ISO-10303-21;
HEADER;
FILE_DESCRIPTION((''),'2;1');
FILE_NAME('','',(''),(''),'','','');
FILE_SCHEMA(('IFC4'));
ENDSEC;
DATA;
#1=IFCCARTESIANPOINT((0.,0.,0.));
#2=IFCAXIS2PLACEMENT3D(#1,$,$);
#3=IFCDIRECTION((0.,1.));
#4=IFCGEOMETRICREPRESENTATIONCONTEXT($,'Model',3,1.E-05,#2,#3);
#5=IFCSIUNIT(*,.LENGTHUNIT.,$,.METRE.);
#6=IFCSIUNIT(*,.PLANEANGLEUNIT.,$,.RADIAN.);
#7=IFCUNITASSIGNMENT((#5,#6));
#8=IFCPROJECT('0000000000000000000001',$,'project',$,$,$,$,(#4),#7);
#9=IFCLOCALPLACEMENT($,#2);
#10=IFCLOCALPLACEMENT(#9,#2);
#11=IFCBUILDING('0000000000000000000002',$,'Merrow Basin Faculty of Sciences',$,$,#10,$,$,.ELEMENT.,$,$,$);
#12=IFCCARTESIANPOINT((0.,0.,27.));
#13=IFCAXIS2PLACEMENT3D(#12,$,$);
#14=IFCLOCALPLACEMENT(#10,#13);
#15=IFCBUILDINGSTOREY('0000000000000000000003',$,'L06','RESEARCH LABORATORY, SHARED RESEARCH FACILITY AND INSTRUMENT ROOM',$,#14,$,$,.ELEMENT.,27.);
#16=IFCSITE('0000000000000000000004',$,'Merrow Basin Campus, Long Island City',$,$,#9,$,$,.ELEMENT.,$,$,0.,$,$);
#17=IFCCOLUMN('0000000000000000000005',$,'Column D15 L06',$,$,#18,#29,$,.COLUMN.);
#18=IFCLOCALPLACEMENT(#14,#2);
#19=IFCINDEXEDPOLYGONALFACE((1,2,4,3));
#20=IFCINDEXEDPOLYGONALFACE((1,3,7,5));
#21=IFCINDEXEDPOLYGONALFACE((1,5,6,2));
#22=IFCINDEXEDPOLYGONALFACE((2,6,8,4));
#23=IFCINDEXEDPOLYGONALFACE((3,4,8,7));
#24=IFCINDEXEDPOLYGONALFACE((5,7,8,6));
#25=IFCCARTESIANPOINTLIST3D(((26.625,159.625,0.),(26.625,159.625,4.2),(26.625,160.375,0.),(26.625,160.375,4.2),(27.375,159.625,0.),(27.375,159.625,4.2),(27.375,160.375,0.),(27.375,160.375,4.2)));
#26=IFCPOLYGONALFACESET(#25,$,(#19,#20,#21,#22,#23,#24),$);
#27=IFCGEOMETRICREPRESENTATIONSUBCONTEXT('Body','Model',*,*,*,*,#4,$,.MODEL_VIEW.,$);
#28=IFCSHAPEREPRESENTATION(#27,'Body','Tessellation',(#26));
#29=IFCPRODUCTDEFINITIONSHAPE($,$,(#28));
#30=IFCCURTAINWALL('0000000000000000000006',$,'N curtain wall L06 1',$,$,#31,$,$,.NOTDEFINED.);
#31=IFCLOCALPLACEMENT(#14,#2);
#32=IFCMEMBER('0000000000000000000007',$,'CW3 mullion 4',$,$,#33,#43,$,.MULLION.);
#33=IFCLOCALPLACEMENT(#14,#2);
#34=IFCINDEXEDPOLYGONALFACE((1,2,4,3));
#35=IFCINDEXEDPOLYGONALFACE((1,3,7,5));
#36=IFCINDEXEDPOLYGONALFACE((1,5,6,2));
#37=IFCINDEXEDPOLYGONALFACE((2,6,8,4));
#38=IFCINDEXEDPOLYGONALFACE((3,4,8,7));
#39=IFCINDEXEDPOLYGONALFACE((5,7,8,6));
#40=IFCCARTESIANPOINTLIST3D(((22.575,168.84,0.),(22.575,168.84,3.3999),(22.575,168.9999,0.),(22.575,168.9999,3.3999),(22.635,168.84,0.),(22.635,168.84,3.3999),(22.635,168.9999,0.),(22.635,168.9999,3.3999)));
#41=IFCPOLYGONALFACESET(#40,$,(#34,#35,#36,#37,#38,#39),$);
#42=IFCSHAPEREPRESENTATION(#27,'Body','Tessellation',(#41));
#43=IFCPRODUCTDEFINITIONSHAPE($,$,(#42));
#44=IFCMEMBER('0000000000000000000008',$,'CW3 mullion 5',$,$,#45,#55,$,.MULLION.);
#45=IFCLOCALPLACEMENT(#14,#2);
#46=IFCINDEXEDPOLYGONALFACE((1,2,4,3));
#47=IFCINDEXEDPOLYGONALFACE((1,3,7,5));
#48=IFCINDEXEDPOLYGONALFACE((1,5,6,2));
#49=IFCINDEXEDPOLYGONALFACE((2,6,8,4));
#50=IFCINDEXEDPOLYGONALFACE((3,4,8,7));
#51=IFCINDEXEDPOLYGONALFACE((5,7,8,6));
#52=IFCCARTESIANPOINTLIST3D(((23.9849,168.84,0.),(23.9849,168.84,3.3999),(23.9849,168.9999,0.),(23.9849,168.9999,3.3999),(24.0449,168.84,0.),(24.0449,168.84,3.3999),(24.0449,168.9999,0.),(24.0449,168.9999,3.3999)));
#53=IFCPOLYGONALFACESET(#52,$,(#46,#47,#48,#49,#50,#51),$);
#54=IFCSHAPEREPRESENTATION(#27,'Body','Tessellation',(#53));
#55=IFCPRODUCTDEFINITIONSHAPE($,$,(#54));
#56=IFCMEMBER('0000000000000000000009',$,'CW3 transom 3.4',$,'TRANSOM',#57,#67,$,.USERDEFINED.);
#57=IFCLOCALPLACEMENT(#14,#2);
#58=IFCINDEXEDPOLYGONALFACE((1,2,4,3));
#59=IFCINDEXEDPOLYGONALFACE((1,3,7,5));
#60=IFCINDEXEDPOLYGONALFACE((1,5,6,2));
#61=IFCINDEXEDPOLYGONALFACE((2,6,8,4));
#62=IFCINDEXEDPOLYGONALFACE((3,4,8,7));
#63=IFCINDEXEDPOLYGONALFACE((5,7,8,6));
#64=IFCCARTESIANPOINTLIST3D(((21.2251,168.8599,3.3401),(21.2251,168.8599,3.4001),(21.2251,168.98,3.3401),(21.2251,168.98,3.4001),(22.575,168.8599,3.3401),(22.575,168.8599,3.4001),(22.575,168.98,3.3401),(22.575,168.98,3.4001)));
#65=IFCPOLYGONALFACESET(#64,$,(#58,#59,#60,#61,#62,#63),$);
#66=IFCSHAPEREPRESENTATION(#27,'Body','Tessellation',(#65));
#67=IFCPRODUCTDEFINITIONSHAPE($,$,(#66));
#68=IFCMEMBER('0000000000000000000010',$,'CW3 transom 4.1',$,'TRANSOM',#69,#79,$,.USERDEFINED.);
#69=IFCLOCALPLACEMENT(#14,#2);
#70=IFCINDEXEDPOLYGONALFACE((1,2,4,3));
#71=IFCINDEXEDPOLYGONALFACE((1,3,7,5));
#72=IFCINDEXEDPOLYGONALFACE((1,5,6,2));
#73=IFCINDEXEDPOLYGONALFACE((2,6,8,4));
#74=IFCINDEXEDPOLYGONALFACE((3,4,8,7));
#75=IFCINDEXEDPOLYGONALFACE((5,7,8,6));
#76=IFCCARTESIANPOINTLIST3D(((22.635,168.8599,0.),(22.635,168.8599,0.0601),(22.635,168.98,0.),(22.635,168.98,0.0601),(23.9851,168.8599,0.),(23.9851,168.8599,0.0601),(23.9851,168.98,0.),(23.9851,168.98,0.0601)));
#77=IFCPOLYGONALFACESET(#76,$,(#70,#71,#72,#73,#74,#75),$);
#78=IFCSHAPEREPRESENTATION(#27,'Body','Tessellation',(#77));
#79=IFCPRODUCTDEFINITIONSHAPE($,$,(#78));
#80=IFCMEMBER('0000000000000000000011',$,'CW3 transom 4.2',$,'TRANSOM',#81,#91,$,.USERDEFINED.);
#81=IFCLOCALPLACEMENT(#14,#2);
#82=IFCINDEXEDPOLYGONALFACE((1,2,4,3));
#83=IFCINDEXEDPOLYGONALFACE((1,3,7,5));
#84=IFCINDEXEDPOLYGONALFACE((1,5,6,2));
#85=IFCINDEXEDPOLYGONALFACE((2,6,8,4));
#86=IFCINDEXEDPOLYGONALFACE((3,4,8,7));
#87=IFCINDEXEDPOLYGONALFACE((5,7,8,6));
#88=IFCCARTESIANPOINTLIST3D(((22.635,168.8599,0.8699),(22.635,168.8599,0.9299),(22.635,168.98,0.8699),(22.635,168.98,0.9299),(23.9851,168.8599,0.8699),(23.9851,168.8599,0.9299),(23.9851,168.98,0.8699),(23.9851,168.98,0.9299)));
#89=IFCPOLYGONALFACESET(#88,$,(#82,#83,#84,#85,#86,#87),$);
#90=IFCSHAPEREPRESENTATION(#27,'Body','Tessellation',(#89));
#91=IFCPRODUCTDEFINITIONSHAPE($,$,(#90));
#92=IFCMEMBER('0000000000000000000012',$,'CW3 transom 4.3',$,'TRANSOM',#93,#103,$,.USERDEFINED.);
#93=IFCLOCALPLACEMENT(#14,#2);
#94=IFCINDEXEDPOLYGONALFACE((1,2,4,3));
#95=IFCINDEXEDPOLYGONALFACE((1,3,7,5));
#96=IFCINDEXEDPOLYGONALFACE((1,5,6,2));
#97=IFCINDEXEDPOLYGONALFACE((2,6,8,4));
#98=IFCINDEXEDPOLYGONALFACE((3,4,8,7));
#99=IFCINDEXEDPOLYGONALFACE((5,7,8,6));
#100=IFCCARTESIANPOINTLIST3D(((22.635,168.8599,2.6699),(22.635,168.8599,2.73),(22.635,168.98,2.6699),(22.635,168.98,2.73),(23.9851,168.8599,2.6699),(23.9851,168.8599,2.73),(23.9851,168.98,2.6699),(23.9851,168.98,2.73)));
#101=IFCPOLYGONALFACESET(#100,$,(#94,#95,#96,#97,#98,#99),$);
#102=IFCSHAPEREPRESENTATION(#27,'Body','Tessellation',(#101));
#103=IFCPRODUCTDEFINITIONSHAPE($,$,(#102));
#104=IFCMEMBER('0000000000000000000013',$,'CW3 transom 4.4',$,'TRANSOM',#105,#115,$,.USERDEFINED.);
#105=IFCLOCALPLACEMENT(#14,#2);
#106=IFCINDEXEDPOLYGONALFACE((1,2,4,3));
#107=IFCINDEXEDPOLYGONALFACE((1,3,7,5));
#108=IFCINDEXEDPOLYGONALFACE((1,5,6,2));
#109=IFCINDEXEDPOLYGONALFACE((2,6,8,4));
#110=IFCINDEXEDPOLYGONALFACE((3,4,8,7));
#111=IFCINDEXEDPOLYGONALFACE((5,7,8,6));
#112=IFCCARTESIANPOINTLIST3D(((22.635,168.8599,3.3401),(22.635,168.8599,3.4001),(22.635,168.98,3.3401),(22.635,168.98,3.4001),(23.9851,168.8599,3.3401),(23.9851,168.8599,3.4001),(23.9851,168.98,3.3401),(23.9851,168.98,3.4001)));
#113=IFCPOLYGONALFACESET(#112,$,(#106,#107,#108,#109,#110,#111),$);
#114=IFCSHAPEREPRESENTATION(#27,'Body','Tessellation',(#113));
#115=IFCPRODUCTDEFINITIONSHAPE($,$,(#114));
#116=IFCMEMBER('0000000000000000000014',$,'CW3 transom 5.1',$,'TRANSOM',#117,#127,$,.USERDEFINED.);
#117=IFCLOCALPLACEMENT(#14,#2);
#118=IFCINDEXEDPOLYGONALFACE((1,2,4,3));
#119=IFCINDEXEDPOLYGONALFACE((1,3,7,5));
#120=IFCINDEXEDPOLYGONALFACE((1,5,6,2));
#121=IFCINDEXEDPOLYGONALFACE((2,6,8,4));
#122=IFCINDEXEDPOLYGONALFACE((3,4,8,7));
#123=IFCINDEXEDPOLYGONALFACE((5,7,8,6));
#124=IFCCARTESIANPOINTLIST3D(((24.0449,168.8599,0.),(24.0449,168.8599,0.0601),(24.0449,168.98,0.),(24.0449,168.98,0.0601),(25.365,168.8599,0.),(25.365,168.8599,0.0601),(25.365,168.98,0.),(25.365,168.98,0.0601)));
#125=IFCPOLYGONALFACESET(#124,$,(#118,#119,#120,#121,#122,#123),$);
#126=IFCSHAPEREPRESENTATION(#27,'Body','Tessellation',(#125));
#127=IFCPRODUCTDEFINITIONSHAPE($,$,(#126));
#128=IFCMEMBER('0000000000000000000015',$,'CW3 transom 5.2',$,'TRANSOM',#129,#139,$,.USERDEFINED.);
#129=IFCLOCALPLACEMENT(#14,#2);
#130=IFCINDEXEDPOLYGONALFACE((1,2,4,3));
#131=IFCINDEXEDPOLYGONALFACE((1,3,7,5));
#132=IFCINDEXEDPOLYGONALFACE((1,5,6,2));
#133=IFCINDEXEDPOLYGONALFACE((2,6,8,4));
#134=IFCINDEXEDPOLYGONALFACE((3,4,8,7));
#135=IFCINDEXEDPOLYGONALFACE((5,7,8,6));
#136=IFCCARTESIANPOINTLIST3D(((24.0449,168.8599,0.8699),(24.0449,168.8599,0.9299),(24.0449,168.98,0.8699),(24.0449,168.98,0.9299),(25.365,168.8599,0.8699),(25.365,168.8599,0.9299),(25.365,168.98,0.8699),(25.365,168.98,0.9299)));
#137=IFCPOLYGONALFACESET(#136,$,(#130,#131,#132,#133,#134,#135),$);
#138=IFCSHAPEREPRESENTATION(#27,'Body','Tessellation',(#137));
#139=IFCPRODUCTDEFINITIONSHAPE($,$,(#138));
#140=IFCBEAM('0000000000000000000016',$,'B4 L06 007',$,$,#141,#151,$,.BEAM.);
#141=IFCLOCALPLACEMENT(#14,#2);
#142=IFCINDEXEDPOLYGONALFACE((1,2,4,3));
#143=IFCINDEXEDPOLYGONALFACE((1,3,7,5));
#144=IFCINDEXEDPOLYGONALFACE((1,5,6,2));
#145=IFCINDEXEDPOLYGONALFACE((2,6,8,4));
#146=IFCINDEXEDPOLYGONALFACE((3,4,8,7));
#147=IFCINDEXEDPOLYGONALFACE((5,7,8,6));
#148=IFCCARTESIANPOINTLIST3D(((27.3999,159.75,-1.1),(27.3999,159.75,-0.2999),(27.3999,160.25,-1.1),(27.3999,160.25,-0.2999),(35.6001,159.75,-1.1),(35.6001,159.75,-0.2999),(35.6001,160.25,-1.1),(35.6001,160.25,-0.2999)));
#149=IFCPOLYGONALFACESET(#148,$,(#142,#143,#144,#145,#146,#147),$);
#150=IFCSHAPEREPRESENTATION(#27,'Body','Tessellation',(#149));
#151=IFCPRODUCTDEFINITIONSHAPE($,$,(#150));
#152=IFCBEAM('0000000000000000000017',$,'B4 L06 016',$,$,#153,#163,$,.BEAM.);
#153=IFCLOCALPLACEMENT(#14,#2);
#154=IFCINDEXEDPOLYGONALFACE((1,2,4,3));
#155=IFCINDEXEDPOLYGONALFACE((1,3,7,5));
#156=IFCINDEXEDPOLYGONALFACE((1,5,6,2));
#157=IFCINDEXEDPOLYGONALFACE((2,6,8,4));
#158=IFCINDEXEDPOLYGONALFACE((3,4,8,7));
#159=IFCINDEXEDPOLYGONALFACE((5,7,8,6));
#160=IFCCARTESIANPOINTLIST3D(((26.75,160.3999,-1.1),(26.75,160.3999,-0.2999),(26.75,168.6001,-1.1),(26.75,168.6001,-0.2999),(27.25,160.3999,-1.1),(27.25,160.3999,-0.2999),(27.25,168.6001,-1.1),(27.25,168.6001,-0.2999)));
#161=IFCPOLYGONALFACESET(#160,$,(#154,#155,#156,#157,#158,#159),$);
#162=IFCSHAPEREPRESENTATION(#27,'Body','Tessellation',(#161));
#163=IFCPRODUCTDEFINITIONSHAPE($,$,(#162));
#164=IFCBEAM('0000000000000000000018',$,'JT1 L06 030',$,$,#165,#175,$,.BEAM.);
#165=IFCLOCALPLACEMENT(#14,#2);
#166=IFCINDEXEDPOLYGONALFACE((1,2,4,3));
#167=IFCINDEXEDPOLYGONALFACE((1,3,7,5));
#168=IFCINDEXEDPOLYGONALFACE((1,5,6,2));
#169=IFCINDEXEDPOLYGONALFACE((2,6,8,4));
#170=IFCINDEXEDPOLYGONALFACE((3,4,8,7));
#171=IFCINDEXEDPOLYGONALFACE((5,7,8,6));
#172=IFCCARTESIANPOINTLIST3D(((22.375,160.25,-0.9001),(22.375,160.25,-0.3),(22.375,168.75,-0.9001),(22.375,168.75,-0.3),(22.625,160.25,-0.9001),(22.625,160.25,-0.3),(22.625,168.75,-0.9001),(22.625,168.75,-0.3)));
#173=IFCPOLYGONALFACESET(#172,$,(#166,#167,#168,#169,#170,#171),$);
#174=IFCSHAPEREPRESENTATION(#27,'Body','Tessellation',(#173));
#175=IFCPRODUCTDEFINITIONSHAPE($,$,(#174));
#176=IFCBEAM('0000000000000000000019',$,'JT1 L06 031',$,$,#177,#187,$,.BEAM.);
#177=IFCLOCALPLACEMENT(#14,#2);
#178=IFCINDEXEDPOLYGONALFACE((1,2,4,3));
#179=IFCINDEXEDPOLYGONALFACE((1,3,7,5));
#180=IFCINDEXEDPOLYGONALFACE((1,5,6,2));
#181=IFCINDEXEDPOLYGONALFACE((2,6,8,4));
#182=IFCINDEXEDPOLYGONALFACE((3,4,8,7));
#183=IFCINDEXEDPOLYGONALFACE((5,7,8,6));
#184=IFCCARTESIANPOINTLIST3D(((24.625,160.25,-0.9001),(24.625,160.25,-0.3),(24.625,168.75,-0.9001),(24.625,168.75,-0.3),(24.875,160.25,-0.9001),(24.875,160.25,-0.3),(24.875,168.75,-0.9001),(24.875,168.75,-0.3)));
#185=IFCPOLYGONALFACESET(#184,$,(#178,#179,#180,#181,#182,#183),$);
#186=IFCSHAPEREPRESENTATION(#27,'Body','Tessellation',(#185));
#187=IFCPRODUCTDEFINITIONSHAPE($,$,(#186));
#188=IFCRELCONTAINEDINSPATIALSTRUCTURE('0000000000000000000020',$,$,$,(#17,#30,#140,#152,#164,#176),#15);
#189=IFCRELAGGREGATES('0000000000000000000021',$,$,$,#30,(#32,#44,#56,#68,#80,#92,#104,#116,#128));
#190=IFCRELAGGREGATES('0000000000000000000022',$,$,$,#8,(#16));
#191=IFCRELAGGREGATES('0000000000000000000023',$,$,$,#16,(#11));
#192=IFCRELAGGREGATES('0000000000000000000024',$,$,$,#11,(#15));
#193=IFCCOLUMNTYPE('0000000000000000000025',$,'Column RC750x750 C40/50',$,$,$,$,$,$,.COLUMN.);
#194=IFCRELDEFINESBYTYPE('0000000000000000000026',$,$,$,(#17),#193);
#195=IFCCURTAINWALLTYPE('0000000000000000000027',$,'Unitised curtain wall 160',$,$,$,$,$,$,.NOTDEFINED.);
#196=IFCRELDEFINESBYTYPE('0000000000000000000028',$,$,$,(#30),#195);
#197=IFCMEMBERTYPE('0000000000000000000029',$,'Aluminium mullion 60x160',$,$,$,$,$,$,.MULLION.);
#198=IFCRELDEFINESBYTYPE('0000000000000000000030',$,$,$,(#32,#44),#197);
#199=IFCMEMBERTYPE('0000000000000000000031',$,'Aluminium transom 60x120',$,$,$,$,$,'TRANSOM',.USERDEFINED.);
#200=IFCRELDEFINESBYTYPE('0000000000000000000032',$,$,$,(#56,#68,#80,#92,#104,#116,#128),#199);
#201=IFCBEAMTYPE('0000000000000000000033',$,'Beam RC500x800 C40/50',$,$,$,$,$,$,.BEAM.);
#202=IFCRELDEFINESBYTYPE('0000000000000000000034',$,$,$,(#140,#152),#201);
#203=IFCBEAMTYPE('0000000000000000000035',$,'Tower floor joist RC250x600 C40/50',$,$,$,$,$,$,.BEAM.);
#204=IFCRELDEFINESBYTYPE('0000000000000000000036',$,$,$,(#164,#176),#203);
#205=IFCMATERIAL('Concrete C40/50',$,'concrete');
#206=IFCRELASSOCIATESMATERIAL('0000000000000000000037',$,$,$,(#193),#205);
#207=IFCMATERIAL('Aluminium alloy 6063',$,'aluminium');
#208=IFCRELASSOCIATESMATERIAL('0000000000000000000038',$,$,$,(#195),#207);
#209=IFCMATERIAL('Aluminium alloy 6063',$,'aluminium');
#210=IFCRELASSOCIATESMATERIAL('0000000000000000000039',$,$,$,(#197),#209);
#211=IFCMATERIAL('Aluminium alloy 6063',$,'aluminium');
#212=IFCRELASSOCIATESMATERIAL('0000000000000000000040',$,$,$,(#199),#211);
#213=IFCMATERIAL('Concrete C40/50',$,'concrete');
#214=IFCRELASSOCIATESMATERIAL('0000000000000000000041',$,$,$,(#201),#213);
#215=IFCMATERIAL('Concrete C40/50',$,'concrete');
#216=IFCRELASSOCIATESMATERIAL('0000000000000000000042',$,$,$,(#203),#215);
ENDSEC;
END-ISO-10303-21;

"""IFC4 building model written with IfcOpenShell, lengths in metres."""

from ifc_helpers import new_model, si_unit, direction, frame, origin, origin_2d, place, context, subcontext, project, spatial, rectangle, extrude, material, material_profile, profile_set, type_object, element, aggregate, save


model = new_model("IFC4")

# Units and contexts
model_context = context("Model", 3, precision=1e-05, world=origin(), true_north=direction((0.0, 1.0)))
body_context = subcontext(model_context, "Body", "Model", "MODEL_VIEW")
ifc_project = project(units=[si_unit("LENGTHUNIT", "METRE"), si_unit("PLANEANGLEUNIT", "RADIAN")], contexts=[model_context])

# Site, building, storey
site_placement = place(None, origin())
site = spatial("IfcSite", under=ifc_project, at=site_placement, Name="Merrow Basin Campus, Long Island City", CompositionType="ELEMENT", RefElevation=0.0)
building_placement = place(site_placement, origin())
building = spatial("IfcBuilding", under=site, at=building_placement, Name="Merrow Basin Faculty of Sciences", CompositionType="ELEMENT")
storey_placement = place(building_placement, frame((0.0, 0.0, 27.0)))
storey = spatial("IfcBuildingStorey", under=building, at=storey_placement, Name="L06", Description="RESEARCH LABORATORY, SHARED RESEARCH FACILITY AND INSTRUMENT ROOM", CompositionType="ELEMENT", Elevation=27.0)

# Column
ifc_material_1 = material(Name="Concrete C40/50", Category="concrete")
ifc_material_profile_1 = material_profile(ifc_material_1, rectangle(XDim=0.75, YDim=0.75, at=origin_2d()))
ifc_profile_set_1 = profile_set([ifc_material_profile_1], Name="Concrete C40/50")
column_type = type_object("IfcColumnType", Name="Column RC750x750 C40/50", PredefinedType="COLUMN", material=ifc_profile_set_1)
column_placement = place(storey_placement, frame((27.0, 160.0, 0.0), z_axis=(0.0, 0.0, 1.0), x_axis=(1.0, 0.0, 0.0)))
element("IfcColumn", 1, at=column_placement, inside=storey, type_object=column_type, Name="Column D15 L06", PredefinedType="COLUMN", context=body_context, shape_type="SweptSolid", body=[
    extrude(rectangle(XDim=0.75, YDim=0.75, at=origin_2d()), origin(), (0.0, 0.0, 1.0), 4.2),
])

# Curtain wall, members
ifc_material_2 = material(Name="Aluminium alloy 6063", Category="aluminium")
curtain_wall_type = type_object("IfcCurtainWallType", Name="Unitised curtain wall 160", PredefinedType="NOTDEFINED", material=ifc_material_2)
curtain_wall_placement = place(storey_placement, origin())
curtain_wall = element("IfcCurtainWall", 2, at=curtain_wall_placement, inside=storey, type_object=curtain_wall_type, Name="N curtain wall L06 1", PredefinedType="NOTDEFINED")
ifc_material_3 = material(Name="Aluminium alloy 6063", Category="aluminium")
ifc_material_profile_2 = material_profile(ifc_material_3, rectangle(XDim=0.1599, YDim=0.0601, at=origin_2d()))
ifc_profile_set_2 = profile_set([ifc_material_profile_2], Name="Aluminium alloy 6063")
member_type_1 = type_object("IfcMemberType", Name="Aluminium mullion 60x160", PredefinedType="MULLION", material=ifc_profile_set_2)
member_1_placement = place(storey_placement, frame((22.605, 168.9199, 0.0), z_axis=(0.0, 0.0, 1.0), x_axis=(0.0, 1.0, 0.0)))
member_1 = element("IfcMember", 3, at=member_1_placement, type_object=member_type_1, Name="CW3 mullion 4", PredefinedType="MULLION", context=body_context, shape_type="SweptSolid", body=[
    extrude(rectangle(XDim=0.1599, YDim=0.0601, at=origin_2d()), origin(), (0.0, 0.0, 1.0), 3.3999),
])
member_2_placement = place(storey_placement, frame((24.0149, 168.9199, 0.0), z_axis=(0.0, 0.0, 1.0), x_axis=(0.0, 1.0, 0.0)))
member_2 = element("IfcMember", 4, at=member_2_placement, type_object=member_type_1, Name="CW3 mullion 5", PredefinedType="MULLION", context=body_context, shape_type="SweptSolid", body=[
    extrude(rectangle(XDim=0.1599, YDim=0.0601, at=origin_2d()), origin(), (0.0, 0.0, 1.0), 3.3999),
])
ifc_material_4 = material(Name="Aluminium alloy 6063", Category="aluminium")
ifc_material_profile_3 = material_profile(ifc_material_4, rectangle(XDim=0.1201, YDim=0.0601, at=origin_2d()))
ifc_profile_set_3 = profile_set([ifc_material_profile_3], Name="Aluminium alloy 6063")
member_type_2 = type_object("IfcMemberType", Name="Aluminium transom 60x120", ElementType="TRANSOM", PredefinedType="USERDEFINED", material=ifc_profile_set_3)
member_3_placement = place(storey_placement, frame((21.2251, 168.9199, 3.3701), z_axis=(1.0, 0.0, 0.0), x_axis=(0.0, 1.0, 0.0)))
member_3 = element("IfcMember", 5, at=member_3_placement, type_object=member_type_2, Name="CW3 transom 3.4", ObjectType="TRANSOM", PredefinedType="USERDEFINED", context=body_context, shape_type="SweptSolid", body=[
    extrude(rectangle(XDim=0.1201, YDim=0.0601, at=origin_2d()), origin(), (0.0, 0.0, 1.0), 1.3499),
])
member_4_placement = place(storey_placement, frame((22.635, 168.9199, 0.03), z_axis=(1.0, 0.0, 0.0), x_axis=(0.0, 1.0, 0.0)))
member_4 = element("IfcMember", 6, at=member_4_placement, type_object=member_type_2, Name="CW3 transom 4.1", ObjectType="TRANSOM", PredefinedType="USERDEFINED", context=body_context, shape_type="SweptSolid", body=[
    extrude(rectangle(XDim=0.1201, YDim=0.0601, at=origin_2d()), origin(), (0.0, 0.0, 1.0), 1.3501),
])
member_5_placement = place(storey_placement, frame((22.635, 168.9199, 0.8999), z_axis=(1.0, 0.0, 0.0), x_axis=(0.0, 1.0, 0.0)))
member_5 = element("IfcMember", 7, at=member_5_placement, type_object=member_type_2, Name="CW3 transom 4.2", ObjectType="TRANSOM", PredefinedType="USERDEFINED", context=body_context, shape_type="SweptSolid", body=[
    extrude(rectangle(XDim=0.1201, YDim=0.0601, at=origin_2d()), origin(), (0.0, 0.0, 1.0), 1.3501),
])
member_6_placement = place(storey_placement, frame((22.635, 168.9199, 2.7), z_axis=(1.0, 0.0, 0.0), x_axis=(0.0, 1.0, 0.0)))
member_6 = element("IfcMember", 8, at=member_6_placement, type_object=member_type_2, Name="CW3 transom 4.3", ObjectType="TRANSOM", PredefinedType="USERDEFINED", context=body_context, shape_type="SweptSolid", body=[
    extrude(rectangle(XDim=0.1201, YDim=0.0601, at=origin_2d()), origin(), (0.0, 0.0, 1.0), 1.3501),
])
member_7_placement = place(storey_placement, frame((22.635, 168.9199, 3.3701), z_axis=(1.0, 0.0, 0.0), x_axis=(0.0, 1.0, 0.0)))
member_7 = element("IfcMember", 9, at=member_7_placement, type_object=member_type_2, Name="CW3 transom 4.4", ObjectType="TRANSOM", PredefinedType="USERDEFINED", context=body_context, shape_type="SweptSolid", body=[
    extrude(rectangle(XDim=0.1201, YDim=0.0601, at=origin_2d()), origin(), (0.0, 0.0, 1.0), 1.3501),
])
member_8_placement = place(storey_placement, frame((24.0449, 168.9199, 0.03), z_axis=(1.0, 0.0, 0.0), x_axis=(0.0, 1.0, 0.0)))
member_8 = element("IfcMember", 10, at=member_8_placement, type_object=member_type_2, Name="CW3 transom 5.1", ObjectType="TRANSOM", PredefinedType="USERDEFINED", context=body_context, shape_type="SweptSolid", body=[
    extrude(rectangle(XDim=0.1201, YDim=0.0601, at=origin_2d()), origin(), (0.0, 0.0, 1.0), 1.3201),
])
member_9_placement = place(storey_placement, frame((24.0449, 168.9199, 0.8999), z_axis=(1.0, 0.0, 0.0), x_axis=(0.0, 1.0, 0.0)))
member_9 = element("IfcMember", 11, at=member_9_placement, type_object=member_type_2, Name="CW3 transom 5.2", ObjectType="TRANSOM", PredefinedType="USERDEFINED", context=body_context, shape_type="SweptSolid", body=[
    extrude(rectangle(XDim=0.1201, YDim=0.0601, at=origin_2d()), origin(), (0.0, 0.0, 1.0), 1.3201),
])

# Beams
ifc_material_5 = material(Name="Concrete C40/50", Category="concrete")
ifc_material_profile_4 = material_profile(ifc_material_5, rectangle(XDim=0.5, YDim=0.8, at=origin_2d()))
ifc_profile_set_4 = profile_set([ifc_material_profile_4], Name="Concrete C40/50")
beam_type_1 = type_object("IfcBeamType", Name="Beam RC500x800 C40/50", PredefinedType="BEAM", material=ifc_profile_set_4)
for number, where, z_axis, x_axis, name in (
    (12, (27.3999, 160.0, -0.7), (1.0, 0.0, 0.0), (0.0, 1.0, 0.0), "B4 L06 007"),
    (13, (27.0, 160.3999, -0.7), (0.0, 1.0, 0.0), (-1.0, 0.0, 0.0), "B4 L06 016"),
):
    element("IfcBeam", number, at=place(storey_placement, frame(where, z_axis=z_axis, x_axis=x_axis)), inside=storey, type_object=beam_type_1, Name=name, PredefinedType="BEAM", context=body_context, shape_type="SweptSolid", body=[
        extrude(rectangle(XDim=0.5, YDim=0.8, at=origin_2d()), origin(), (0.0, 0.0, 1.0), 8.2002),
    ])
ifc_material_6 = material(Name="Concrete C40/50", Category="concrete")
ifc_material_profile_5 = material_profile(ifc_material_6, rectangle(XDim=0.25, YDim=0.6001, at=origin_2d()))
ifc_profile_set_5 = profile_set([ifc_material_profile_5], Name="Concrete C40/50")
beam_type_2 = type_object("IfcBeamType", Name="Tower floor joist RC250x600 C40/50", PredefinedType="BEAM", material=ifc_profile_set_5)
for number, where, z_axis, x_axis, name in (
    (14, (22.5, 160.25, -0.6001), (0.0, 1.0, 0.0), (-1.0, 0.0, 0.0), "JT1 L06 030"),
    (15, (24.75, 160.25, -0.6001), (0.0, 1.0, 0.0), (-1.0, 0.0, 0.0), "JT1 L06 031"),
):
    element("IfcBeam", number, at=place(storey_placement, frame(where, z_axis=z_axis, x_axis=x_axis)), inside=storey, type_object=beam_type_2, Name=name, PredefinedType="BEAM", context=body_context, shape_type="SweptSolid", body=[
        extrude(rectangle(XDim=0.25, YDim=0.6001, at=origin_2d()), origin(), (0.0, 0.0, 1.0), 8.5),
    ])

aggregate(curtain_wall, [member_1, member_2, member_3, member_4, member_5, member_6, member_7, member_8, member_9])

save(model, "model.ifc")
